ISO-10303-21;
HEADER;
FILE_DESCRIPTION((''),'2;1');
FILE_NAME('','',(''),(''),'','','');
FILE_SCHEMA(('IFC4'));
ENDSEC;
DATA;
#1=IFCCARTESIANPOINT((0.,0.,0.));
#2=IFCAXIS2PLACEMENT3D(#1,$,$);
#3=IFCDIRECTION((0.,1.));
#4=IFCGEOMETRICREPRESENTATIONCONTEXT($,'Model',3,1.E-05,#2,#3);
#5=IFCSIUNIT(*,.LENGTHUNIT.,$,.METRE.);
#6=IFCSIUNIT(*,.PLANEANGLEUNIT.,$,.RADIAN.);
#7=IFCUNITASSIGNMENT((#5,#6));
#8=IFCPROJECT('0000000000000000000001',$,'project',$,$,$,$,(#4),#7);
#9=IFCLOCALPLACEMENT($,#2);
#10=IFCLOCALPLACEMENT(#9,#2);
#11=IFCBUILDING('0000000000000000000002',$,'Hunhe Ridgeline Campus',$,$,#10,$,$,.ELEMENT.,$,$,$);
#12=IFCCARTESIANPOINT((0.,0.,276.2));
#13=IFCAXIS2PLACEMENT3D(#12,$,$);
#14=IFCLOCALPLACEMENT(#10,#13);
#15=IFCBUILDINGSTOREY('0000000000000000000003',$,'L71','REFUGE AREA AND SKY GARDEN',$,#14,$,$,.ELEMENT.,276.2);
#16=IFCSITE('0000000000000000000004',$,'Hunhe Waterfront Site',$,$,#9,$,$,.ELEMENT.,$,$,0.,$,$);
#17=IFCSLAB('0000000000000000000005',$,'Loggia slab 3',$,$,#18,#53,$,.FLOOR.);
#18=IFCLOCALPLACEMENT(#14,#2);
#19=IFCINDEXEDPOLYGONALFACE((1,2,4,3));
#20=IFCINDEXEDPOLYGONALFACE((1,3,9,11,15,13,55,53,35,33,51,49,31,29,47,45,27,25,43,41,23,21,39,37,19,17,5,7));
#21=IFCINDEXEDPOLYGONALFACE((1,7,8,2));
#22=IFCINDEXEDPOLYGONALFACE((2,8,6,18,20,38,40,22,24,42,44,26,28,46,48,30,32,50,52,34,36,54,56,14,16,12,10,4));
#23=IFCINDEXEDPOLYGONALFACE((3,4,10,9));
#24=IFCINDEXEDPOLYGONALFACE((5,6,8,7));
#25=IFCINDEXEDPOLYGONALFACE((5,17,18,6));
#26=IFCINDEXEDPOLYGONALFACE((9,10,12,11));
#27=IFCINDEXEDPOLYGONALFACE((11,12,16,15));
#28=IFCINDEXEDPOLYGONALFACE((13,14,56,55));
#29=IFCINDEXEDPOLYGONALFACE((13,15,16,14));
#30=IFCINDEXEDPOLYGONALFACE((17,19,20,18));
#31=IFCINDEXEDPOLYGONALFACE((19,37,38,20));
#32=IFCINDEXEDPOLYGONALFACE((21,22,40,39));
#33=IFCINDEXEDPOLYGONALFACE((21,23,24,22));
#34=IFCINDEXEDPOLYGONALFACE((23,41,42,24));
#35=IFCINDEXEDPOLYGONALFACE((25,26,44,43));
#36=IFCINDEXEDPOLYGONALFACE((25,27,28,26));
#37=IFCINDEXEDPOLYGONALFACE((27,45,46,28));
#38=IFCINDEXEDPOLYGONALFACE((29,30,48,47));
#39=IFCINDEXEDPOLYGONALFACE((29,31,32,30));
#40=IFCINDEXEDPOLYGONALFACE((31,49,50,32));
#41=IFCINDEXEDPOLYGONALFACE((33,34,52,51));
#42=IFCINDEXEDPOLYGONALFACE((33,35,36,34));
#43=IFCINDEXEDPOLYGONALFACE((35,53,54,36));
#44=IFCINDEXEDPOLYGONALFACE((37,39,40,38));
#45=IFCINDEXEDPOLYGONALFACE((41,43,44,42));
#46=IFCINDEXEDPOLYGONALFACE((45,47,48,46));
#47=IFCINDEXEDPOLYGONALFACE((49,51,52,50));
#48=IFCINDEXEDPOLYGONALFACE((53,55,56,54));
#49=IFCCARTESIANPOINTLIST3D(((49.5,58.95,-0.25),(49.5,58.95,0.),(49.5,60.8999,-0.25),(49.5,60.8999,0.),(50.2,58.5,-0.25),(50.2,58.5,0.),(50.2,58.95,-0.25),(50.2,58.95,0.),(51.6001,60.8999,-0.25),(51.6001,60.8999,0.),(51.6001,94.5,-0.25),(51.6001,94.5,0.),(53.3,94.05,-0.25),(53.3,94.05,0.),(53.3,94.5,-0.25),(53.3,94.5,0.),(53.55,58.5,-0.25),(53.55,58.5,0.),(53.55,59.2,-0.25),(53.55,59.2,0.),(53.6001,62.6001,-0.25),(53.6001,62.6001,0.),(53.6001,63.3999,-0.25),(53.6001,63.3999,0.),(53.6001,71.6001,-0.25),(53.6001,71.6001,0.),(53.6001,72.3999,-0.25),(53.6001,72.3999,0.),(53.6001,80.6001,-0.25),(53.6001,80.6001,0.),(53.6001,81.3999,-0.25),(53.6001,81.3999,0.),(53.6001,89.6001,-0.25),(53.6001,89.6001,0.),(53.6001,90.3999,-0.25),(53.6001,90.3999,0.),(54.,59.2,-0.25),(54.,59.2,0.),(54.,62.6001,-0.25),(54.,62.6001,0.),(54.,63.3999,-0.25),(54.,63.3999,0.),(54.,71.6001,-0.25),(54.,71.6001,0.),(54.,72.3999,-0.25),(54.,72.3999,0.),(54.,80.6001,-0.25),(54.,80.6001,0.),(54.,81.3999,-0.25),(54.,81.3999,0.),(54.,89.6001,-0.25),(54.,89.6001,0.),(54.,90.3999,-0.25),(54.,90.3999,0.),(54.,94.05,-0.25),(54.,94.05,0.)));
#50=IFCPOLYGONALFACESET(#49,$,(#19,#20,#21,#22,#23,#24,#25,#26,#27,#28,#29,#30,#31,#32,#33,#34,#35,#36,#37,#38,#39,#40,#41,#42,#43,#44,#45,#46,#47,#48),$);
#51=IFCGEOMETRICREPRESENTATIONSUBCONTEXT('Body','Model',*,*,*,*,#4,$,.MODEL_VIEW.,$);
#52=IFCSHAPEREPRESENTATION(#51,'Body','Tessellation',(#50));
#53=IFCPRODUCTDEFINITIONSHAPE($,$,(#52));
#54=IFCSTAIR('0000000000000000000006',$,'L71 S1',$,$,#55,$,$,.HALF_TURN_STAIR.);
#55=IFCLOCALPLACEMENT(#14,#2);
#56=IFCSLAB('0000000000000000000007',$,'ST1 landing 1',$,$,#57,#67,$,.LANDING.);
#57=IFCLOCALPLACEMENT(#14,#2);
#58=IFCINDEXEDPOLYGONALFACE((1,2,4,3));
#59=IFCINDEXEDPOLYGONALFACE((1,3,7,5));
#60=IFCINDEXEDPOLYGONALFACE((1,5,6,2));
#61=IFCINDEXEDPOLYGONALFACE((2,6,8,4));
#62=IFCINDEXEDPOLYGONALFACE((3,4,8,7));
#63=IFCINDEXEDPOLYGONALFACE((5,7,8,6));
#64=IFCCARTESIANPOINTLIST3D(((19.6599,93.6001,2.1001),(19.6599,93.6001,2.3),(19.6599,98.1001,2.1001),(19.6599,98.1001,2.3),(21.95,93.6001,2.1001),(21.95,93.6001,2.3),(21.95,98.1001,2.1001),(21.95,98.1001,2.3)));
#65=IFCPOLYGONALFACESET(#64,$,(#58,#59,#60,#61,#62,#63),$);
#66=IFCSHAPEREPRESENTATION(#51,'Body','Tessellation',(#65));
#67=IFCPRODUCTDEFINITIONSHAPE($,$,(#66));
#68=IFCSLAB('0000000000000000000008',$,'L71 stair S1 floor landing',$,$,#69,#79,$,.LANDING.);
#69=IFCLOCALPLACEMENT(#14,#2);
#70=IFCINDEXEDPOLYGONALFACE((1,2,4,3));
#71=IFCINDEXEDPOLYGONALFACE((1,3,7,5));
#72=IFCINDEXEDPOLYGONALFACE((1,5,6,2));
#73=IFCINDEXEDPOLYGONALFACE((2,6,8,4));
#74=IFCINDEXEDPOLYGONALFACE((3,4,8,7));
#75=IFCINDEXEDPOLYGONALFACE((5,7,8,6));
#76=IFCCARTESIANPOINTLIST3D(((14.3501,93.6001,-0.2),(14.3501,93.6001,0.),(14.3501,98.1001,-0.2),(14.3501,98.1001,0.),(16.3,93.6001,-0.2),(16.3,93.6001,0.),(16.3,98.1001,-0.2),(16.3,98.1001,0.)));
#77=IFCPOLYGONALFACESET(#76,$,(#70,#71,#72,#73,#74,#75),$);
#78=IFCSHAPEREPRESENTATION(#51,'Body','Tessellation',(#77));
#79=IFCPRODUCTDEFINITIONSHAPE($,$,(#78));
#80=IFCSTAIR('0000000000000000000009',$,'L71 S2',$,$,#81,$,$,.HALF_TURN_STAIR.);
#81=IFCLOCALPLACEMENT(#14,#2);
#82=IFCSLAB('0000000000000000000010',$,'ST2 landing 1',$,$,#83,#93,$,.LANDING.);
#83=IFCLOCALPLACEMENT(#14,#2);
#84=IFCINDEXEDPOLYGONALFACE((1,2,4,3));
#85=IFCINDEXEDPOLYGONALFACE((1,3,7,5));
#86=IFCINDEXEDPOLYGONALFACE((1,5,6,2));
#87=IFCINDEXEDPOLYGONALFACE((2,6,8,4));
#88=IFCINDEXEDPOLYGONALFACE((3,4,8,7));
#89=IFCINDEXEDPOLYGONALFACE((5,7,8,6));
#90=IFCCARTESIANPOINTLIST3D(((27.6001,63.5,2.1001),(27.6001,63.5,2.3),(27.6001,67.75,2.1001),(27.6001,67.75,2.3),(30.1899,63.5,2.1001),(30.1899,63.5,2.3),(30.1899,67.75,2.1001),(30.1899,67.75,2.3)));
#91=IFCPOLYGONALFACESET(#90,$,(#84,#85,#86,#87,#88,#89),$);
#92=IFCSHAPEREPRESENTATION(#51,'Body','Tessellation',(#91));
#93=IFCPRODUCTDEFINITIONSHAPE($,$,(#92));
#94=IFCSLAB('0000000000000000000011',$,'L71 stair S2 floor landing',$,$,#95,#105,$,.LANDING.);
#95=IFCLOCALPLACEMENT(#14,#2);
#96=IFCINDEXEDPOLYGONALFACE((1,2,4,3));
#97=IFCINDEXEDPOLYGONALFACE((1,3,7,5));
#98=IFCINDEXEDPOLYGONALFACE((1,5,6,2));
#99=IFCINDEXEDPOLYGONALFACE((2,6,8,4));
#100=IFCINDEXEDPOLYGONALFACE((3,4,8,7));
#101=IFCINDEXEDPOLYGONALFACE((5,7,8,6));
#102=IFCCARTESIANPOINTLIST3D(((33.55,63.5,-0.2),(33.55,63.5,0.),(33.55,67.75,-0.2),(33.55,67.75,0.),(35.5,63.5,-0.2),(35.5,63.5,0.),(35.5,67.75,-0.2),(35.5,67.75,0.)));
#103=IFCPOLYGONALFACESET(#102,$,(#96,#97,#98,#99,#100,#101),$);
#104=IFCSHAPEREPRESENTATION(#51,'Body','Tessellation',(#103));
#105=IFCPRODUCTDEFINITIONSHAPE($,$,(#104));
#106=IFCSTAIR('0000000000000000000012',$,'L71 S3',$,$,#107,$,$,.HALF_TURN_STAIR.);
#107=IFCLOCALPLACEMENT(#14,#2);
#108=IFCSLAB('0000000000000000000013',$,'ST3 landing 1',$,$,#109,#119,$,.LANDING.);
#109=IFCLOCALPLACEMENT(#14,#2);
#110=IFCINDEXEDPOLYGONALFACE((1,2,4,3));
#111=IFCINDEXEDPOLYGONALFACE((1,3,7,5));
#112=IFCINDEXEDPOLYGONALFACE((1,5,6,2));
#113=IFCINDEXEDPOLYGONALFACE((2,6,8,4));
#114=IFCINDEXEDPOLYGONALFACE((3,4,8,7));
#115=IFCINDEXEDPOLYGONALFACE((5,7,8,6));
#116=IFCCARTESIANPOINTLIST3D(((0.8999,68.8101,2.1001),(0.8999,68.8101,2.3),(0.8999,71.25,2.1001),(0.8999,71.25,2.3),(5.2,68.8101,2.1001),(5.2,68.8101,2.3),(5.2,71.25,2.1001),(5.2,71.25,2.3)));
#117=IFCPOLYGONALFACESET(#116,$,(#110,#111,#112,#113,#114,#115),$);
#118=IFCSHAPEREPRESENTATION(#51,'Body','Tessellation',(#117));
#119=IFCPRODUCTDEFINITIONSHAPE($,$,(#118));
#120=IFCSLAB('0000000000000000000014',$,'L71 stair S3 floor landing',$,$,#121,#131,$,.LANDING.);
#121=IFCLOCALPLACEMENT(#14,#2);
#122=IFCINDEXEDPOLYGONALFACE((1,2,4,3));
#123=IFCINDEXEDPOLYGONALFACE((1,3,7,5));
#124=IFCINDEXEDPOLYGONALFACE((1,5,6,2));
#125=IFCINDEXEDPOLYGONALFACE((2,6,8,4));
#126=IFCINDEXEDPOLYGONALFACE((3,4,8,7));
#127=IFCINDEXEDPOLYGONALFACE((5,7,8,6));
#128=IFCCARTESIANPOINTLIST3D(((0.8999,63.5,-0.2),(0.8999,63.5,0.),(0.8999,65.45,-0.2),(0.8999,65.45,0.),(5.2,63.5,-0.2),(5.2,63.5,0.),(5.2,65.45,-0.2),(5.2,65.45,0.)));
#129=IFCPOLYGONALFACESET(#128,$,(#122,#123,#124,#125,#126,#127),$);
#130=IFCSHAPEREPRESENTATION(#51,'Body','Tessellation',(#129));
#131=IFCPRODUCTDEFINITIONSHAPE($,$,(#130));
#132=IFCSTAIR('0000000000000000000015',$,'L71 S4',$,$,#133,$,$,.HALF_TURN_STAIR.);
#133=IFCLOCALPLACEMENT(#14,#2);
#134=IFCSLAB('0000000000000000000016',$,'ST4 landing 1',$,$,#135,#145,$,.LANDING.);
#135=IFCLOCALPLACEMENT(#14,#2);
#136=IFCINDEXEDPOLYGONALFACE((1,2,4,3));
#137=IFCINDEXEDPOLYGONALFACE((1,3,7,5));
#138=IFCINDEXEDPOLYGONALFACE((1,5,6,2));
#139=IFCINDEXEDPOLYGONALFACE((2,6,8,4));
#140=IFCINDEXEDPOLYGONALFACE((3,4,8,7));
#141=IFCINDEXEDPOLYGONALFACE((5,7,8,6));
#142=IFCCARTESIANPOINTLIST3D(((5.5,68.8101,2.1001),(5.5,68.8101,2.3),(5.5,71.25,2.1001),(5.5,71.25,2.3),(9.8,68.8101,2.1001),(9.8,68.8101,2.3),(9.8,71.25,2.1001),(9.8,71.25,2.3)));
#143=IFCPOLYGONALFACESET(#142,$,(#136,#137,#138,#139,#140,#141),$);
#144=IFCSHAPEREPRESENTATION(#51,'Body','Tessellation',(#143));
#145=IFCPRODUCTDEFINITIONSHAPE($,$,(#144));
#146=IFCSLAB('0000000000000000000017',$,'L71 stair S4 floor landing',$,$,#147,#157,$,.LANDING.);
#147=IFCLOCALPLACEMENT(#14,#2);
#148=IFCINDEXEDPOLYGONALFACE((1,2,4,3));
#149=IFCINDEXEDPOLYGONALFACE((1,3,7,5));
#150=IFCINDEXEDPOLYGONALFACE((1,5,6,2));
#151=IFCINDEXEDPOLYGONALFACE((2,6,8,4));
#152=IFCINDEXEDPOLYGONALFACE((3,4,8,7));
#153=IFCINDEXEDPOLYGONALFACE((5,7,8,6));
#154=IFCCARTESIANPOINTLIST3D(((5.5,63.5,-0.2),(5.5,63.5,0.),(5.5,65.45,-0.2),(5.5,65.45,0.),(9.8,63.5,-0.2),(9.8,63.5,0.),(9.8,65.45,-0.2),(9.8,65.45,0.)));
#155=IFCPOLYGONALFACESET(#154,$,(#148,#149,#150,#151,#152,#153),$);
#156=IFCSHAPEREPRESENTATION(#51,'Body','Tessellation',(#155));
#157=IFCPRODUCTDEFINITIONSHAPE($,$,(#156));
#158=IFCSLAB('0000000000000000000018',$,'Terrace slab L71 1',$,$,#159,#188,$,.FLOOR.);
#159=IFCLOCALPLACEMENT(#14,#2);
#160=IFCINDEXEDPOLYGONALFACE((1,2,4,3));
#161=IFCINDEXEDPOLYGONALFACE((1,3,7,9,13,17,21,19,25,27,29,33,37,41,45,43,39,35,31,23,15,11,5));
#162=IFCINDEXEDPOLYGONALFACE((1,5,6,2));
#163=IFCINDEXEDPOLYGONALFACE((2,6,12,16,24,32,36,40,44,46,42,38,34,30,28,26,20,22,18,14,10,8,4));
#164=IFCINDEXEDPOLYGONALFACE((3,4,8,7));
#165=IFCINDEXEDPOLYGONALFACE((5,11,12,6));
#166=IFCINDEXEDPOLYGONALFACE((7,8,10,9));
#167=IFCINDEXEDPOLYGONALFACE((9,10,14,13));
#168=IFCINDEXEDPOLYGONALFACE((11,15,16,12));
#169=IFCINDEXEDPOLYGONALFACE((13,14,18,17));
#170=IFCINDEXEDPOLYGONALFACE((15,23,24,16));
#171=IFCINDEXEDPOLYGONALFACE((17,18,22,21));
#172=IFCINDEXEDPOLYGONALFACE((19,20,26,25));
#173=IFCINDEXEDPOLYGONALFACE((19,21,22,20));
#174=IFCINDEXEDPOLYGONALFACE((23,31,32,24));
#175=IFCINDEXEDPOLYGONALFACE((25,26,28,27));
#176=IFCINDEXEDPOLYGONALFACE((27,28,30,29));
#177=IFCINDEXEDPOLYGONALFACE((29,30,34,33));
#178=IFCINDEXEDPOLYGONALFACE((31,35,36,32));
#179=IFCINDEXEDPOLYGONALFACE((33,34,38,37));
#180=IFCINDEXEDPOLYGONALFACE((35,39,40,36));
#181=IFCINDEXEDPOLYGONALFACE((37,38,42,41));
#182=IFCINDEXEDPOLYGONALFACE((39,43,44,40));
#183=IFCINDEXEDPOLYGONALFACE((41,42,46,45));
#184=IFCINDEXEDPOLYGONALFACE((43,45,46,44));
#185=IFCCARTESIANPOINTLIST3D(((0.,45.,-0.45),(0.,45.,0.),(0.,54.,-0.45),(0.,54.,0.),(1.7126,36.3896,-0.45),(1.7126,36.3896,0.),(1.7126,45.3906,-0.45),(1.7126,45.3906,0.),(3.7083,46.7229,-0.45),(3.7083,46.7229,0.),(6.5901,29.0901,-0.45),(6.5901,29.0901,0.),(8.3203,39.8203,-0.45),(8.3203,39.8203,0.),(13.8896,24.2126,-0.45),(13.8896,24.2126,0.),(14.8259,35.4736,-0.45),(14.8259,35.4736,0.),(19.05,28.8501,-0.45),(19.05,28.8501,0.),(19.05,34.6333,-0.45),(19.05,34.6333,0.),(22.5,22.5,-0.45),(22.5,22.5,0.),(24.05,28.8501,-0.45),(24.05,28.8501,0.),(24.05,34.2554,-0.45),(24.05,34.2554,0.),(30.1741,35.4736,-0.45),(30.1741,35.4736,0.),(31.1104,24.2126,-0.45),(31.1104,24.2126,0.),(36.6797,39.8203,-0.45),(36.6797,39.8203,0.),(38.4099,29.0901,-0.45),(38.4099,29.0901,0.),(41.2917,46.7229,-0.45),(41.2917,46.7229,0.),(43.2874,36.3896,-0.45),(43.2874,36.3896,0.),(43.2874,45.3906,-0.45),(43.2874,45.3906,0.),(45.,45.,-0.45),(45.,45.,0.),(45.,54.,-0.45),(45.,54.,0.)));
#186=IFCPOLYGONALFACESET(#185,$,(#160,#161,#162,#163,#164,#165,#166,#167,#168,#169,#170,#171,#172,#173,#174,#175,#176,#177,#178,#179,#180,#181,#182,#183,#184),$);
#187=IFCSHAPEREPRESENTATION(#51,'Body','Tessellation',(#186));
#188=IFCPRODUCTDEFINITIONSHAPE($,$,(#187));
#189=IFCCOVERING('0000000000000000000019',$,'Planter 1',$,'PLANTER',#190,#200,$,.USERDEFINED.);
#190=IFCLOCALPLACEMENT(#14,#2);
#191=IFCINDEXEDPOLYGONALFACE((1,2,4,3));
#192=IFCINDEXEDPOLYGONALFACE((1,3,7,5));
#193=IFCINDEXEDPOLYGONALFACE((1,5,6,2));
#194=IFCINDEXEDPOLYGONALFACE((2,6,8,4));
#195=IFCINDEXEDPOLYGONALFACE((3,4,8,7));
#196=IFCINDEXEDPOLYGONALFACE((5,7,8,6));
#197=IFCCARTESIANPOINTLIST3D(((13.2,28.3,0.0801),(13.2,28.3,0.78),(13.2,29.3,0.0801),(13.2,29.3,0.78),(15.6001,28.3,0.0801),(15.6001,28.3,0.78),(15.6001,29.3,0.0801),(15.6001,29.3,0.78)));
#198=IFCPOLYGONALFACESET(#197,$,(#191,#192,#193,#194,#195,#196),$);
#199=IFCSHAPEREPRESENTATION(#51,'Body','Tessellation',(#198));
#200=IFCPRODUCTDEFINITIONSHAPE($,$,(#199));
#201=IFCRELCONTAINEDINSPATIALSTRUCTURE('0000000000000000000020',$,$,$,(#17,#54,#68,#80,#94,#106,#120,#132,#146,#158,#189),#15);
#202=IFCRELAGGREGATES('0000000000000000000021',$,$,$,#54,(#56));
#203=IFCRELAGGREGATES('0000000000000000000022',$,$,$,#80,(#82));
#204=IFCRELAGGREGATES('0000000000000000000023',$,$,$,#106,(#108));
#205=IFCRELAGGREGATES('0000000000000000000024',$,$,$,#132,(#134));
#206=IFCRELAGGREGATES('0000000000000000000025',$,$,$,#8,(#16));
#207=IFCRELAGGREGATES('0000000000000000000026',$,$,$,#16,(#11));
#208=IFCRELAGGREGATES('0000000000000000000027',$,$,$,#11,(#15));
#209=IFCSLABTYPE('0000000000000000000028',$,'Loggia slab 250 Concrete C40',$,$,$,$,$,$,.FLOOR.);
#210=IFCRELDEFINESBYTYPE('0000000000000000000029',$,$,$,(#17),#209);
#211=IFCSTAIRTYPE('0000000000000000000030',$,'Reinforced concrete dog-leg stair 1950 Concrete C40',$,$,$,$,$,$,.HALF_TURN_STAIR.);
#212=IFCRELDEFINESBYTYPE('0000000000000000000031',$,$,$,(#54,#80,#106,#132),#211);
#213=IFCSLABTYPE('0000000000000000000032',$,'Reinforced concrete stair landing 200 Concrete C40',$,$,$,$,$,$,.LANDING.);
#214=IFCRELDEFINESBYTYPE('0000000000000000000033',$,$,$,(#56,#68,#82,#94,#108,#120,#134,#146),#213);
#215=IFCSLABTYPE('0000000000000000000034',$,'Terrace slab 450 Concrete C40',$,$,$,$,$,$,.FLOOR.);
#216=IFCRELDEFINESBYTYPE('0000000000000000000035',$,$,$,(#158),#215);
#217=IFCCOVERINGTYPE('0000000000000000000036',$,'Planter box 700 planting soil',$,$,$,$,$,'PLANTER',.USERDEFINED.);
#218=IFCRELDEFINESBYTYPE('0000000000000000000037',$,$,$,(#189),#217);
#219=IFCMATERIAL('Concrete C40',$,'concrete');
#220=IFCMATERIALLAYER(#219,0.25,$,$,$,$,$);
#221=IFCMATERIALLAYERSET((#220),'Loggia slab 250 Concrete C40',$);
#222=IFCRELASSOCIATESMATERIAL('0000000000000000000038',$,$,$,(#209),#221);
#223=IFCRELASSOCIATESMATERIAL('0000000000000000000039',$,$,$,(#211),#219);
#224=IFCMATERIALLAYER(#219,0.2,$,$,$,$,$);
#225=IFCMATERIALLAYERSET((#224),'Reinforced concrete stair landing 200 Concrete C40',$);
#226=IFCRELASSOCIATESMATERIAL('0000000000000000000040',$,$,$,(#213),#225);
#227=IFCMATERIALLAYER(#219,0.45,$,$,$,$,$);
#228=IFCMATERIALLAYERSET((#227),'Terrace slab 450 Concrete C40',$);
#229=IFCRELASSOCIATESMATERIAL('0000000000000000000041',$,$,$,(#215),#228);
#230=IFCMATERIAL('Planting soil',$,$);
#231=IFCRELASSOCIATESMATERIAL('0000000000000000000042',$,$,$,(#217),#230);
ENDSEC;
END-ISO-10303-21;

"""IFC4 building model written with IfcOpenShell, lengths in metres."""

from ifc_helpers import new_model, si_unit, direction, frame, origin, place, context, subcontext, project, spatial, polyline, outline, extrude, material, layer, layer_set, type_object, element, aggregate, save


model = new_model("IFC4")

# Units and contexts
model_context = context("Model", 3, precision=1e-05, world=origin(), true_north=direction((0.0, 1.0)))
body_context = subcontext(model_context, "Body", "Model", "MODEL_VIEW")
ifc_project = project(units=[si_unit("LENGTHUNIT", "METRE"), si_unit("PLANEANGLEUNIT", "RADIAN")], contexts=[model_context])

# Site, building, storey
site_placement = place(None, origin())
site = spatial("IfcSite", under=ifc_project, at=site_placement, Name="Hunhe Waterfront Site", CompositionType="ELEMENT", RefElevation=0.0)
building_placement = place(site_placement, origin())
building = spatial("IfcBuilding", under=site, at=building_placement, Name="Hunhe Ridgeline Campus", CompositionType="ELEMENT")
storey_placement = place(building_placement, frame((0.0, 0.0, 276.2)))
storey = spatial("IfcBuildingStorey", under=building, at=storey_placement, Name="L71", Description="REFUGE AREA AND SKY GARDEN", CompositionType="ELEMENT", Elevation=276.2)

# Slab
ifc_material_1 = material(Name="Concrete C40", Category="concrete")
ifc_layer_1 = layer(ifc_material_1, 0.25)
ifc_layer_set_1 = layer_set([ifc_layer_1], Name="Loggia slab 250 Concrete C40")
slab_type_1 = type_object("IfcSlabType", Name="Loggia slab 250 Concrete C40", PredefinedType="FLOOR", material=ifc_layer_set_1)
slab_1_placement = place(storey_placement, frame((0.0, 0.0, -0.25)))
element("IfcSlab", 1, at=slab_1_placement, inside=storey, type_object=slab_type_1, Name="Loggia slab 3", PredefinedType="FLOOR", context=body_context, shape_type="SweptSolid", body=[
    extrude(outline(polyline([(49.5, 60.8999), (49.5, 58.95), (50.2, 58.95), (50.2, 58.5), (53.55, 58.5), (53.55, 59.2), (54.0, 59.2), (54.0, 62.6001), (53.6001, 62.6001), (53.6001, 63.3999), (54.0, 63.3999), (54.0, 71.6001), (53.6001, 71.6001), (53.6001, 72.3999), (54.0, 72.3999), (54.0, 80.6001), (53.6001, 80.6001), (53.6001, 81.3999), (54.0, 81.3999), (54.0, 89.6001), (53.6001, 89.6001), (53.6001, 90.3999), (54.0, 90.3999), (54.0, 94.05), (53.3, 94.05), (53.3, 94.5), (51.6001, 94.5), (51.6001, 60.8999), (49.5, 60.8999)])), origin(), (0.0, 0.0, 1.0), 0.25),
])

# Stair, slab
stair_type = type_object("IfcStairType", Name="Reinforced concrete dog-leg stair 1950 Concrete C40", PredefinedType="HALF_TURN_STAIR", material=ifc_material_1)
stair_1_placement = place(storey_placement, origin())
stair_1 = element("IfcStair", 2, at=stair_1_placement, inside=storey, type_object=stair_type, Name="L71 S1", PredefinedType="HALF_TURN_STAIR")
ifc_layer_2 = layer(ifc_material_1, 0.2)
ifc_layer_set_2 = layer_set([ifc_layer_2], Name="Reinforced concrete stair landing 200 Concrete C40")
slab_type_2 = type_object("IfcSlabType", Name="Reinforced concrete stair landing 200 Concrete C40", PredefinedType="LANDING", material=ifc_layer_set_2)
slab_2_placement = place(storey_placement, frame((0.0, 0.0, 2.1001)))
slab_2 = element("IfcSlab", 3, at=slab_2_placement, type_object=slab_type_2, Name="ST1 landing 1", PredefinedType="LANDING", context=body_context, shape_type="SweptSolid", body=[
    extrude(outline(polyline([(19.6599, 93.6001), (21.95, 93.6001), (21.95, 98.1001), (19.6599, 98.1001), (19.6599, 93.6001)])), origin(), (0.0, 0.0, 1.0), 0.2),
])
aggregate(stair_1, [slab_2])

# Slab
slab_3_placement = place(storey_placement, frame((0.0, 0.0, -0.2)))
element("IfcSlab", 4, at=slab_3_placement, inside=storey, type_object=slab_type_2, Name="L71 stair S1 floor landing", PredefinedType="LANDING", context=body_context, shape_type="SweptSolid", body=[
    extrude(outline(polyline([(14.3501, 93.6001), (16.3, 93.6001), (16.3, 98.1001), (14.3501, 98.1001), (14.3501, 93.6001)])), origin(), (0.0, 0.0, 1.0), 0.2),
])

# Stair, slab
stair_2_placement = place(storey_placement, origin())
stair_2 = element("IfcStair", 5, at=stair_2_placement, inside=storey, type_object=stair_type, Name="L71 S2", PredefinedType="HALF_TURN_STAIR")
slab_4_placement = place(storey_placement, frame((0.0, 0.0, 2.1001)))
slab_4 = element("IfcSlab", 6, at=slab_4_placement, type_object=slab_type_2, Name="ST2 landing 1", PredefinedType="LANDING", context=body_context, shape_type="SweptSolid", body=[
    extrude(outline(polyline([(30.1899, 67.75), (27.6001, 67.75), (27.6001, 63.5), (30.1899, 63.5), (30.1899, 67.75)])), origin(), (0.0, 0.0, 1.0), 0.2),
])
aggregate(stair_2, [slab_4])

# Slab
slab_5_placement = place(storey_placement, frame((0.0, 0.0, -0.2)))
element("IfcSlab", 7, at=slab_5_placement, inside=storey, type_object=slab_type_2, Name="L71 stair S2 floor landing", PredefinedType="LANDING", context=body_context, shape_type="SweptSolid", body=[
    extrude(outline(polyline([(35.5, 67.75), (33.55, 67.75), (33.55, 63.5), (35.5, 63.5), (35.5, 67.75)])), origin(), (0.0, 0.0, 1.0), 0.2),
])

# Stair, slab
stair_3_placement = place(storey_placement, origin())
stair_3 = element("IfcStair", 8, at=stair_3_placement, inside=storey, type_object=stair_type, Name="L71 S3", PredefinedType="HALF_TURN_STAIR")
slab_6_placement = place(storey_placement, frame((0.0, 0.0, 2.1001)))
slab_6 = element("IfcSlab", 9, at=slab_6_placement, type_object=slab_type_2, Name="ST3 landing 1", PredefinedType="LANDING", context=body_context, shape_type="SweptSolid", body=[
    extrude(outline(polyline([(5.2, 68.8101), (5.2, 71.25), (0.8999, 71.25), (0.8999, 68.8101), (5.2, 68.8101)])), origin(), (0.0, 0.0, 1.0), 0.2),
])
aggregate(stair_3, [slab_6])

# Slab
slab_7_placement = place(storey_placement, frame((0.0, 0.0, -0.2)))
element("IfcSlab", 10, at=slab_7_placement, inside=storey, type_object=slab_type_2, Name="L71 stair S3 floor landing", PredefinedType="LANDING", context=body_context, shape_type="SweptSolid", body=[
    extrude(outline(polyline([(5.2, 63.5), (5.2, 65.45), (0.8999, 65.45), (0.8999, 63.5), (5.2, 63.5)])), origin(), (0.0, 0.0, 1.0), 0.2),
])

# Stair, slab
stair_4_placement = place(storey_placement, origin())
stair_4 = element("IfcStair", 11, at=stair_4_placement, inside=storey, type_object=stair_type, Name="L71 S4", PredefinedType="HALF_TURN_STAIR")
slab_8_placement = place(storey_placement, frame((0.0, 0.0, 2.1001)))
slab_8 = element("IfcSlab", 12, at=slab_8_placement, type_object=slab_type_2, Name="ST4 landing 1", PredefinedType="LANDING", context=body_context, shape_type="SweptSolid", body=[
    extrude(outline(polyline([(9.8, 68.8101), (9.8, 71.25), (5.5, 71.25), (5.5, 68.8101), (9.8, 68.8101)])), origin(), (0.0, 0.0, 1.0), 0.2),
])
aggregate(stair_4, [slab_8])

# Slabs
slab_9_placement = place(storey_placement, frame((0.0, 0.0, -0.2)))
element("IfcSlab", 13, at=slab_9_placement, inside=storey, type_object=slab_type_2, Name="L71 stair S4 floor landing", PredefinedType="LANDING", context=body_context, shape_type="SweptSolid", body=[
    extrude(outline(polyline([(9.8, 63.5), (9.8, 65.45), (5.5, 65.45), (5.5, 63.5), (9.8, 63.5)])), origin(), (0.0, 0.0, 1.0), 0.2),
])
ifc_layer_3 = layer(ifc_material_1, 0.45)
ifc_layer_set_3 = layer_set([ifc_layer_3], Name="Terrace slab 450 Concrete C40")
slab_type_3 = type_object("IfcSlabType", Name="Terrace slab 450 Concrete C40", PredefinedType="FLOOR", material=ifc_layer_set_3)
slab_10_placement = place(storey_placement, frame((0.0, 0.0, -0.45)))
element("IfcSlab", 14, at=slab_10_placement, inside=storey, type_object=slab_type_3, Name="Terrace slab L71 1", PredefinedType="FLOOR", context=body_context, shape_type="SweptSolid", body=[
    extrude(outline(polyline([(0.0, 54.0), (0.0, 45.0), (1.7126, 36.3896), (6.5901, 29.0901), (13.8896, 24.2126), (22.5, 22.5), (31.1104, 24.2126), (38.4099, 29.0901), (43.2874, 36.3896), (45.0, 45.0), (45.0, 54.0), (43.2874, 45.3906), (41.2917, 46.7229), (36.6797, 39.8203), (30.1741, 35.4736), (24.05, 34.2554), (24.05, 28.8501), (19.05, 28.8501), (19.05, 34.6333), (14.8259, 35.4736), (8.3203, 39.8203), (3.7083, 46.7229), (1.7126, 45.3906), (0.0, 54.0)])), origin(), (0.0, 0.0, 1.0), 0.45),
])

# Covering
ifc_material_2 = material(Name="Planting soil")
covering_type_1 = type_object("IfcCoveringType", Name="Planter box 700 planting soil", ElementType="PLANTER", PredefinedType="USERDEFINED", material=ifc_material_2)
covering_1_placement = place(storey_placement, frame((0.0, 0.0, 0.0801)))
element("IfcCovering", 15, at=covering_1_placement, inside=storey, type_object=covering_type_1, Name="Planter 1", ObjectType="PLANTER", PredefinedType="USERDEFINED", context=body_context, shape_type="SweptSolid", body=[
    extrude(outline(polyline([(13.2, 28.3), (15.6001, 28.3), (15.6001, 29.3), (13.2, 29.3), (13.2, 28.3)])), origin(), (0.0, 0.0, 1.0), 0.7),
])

save(model, "model.ifc")
